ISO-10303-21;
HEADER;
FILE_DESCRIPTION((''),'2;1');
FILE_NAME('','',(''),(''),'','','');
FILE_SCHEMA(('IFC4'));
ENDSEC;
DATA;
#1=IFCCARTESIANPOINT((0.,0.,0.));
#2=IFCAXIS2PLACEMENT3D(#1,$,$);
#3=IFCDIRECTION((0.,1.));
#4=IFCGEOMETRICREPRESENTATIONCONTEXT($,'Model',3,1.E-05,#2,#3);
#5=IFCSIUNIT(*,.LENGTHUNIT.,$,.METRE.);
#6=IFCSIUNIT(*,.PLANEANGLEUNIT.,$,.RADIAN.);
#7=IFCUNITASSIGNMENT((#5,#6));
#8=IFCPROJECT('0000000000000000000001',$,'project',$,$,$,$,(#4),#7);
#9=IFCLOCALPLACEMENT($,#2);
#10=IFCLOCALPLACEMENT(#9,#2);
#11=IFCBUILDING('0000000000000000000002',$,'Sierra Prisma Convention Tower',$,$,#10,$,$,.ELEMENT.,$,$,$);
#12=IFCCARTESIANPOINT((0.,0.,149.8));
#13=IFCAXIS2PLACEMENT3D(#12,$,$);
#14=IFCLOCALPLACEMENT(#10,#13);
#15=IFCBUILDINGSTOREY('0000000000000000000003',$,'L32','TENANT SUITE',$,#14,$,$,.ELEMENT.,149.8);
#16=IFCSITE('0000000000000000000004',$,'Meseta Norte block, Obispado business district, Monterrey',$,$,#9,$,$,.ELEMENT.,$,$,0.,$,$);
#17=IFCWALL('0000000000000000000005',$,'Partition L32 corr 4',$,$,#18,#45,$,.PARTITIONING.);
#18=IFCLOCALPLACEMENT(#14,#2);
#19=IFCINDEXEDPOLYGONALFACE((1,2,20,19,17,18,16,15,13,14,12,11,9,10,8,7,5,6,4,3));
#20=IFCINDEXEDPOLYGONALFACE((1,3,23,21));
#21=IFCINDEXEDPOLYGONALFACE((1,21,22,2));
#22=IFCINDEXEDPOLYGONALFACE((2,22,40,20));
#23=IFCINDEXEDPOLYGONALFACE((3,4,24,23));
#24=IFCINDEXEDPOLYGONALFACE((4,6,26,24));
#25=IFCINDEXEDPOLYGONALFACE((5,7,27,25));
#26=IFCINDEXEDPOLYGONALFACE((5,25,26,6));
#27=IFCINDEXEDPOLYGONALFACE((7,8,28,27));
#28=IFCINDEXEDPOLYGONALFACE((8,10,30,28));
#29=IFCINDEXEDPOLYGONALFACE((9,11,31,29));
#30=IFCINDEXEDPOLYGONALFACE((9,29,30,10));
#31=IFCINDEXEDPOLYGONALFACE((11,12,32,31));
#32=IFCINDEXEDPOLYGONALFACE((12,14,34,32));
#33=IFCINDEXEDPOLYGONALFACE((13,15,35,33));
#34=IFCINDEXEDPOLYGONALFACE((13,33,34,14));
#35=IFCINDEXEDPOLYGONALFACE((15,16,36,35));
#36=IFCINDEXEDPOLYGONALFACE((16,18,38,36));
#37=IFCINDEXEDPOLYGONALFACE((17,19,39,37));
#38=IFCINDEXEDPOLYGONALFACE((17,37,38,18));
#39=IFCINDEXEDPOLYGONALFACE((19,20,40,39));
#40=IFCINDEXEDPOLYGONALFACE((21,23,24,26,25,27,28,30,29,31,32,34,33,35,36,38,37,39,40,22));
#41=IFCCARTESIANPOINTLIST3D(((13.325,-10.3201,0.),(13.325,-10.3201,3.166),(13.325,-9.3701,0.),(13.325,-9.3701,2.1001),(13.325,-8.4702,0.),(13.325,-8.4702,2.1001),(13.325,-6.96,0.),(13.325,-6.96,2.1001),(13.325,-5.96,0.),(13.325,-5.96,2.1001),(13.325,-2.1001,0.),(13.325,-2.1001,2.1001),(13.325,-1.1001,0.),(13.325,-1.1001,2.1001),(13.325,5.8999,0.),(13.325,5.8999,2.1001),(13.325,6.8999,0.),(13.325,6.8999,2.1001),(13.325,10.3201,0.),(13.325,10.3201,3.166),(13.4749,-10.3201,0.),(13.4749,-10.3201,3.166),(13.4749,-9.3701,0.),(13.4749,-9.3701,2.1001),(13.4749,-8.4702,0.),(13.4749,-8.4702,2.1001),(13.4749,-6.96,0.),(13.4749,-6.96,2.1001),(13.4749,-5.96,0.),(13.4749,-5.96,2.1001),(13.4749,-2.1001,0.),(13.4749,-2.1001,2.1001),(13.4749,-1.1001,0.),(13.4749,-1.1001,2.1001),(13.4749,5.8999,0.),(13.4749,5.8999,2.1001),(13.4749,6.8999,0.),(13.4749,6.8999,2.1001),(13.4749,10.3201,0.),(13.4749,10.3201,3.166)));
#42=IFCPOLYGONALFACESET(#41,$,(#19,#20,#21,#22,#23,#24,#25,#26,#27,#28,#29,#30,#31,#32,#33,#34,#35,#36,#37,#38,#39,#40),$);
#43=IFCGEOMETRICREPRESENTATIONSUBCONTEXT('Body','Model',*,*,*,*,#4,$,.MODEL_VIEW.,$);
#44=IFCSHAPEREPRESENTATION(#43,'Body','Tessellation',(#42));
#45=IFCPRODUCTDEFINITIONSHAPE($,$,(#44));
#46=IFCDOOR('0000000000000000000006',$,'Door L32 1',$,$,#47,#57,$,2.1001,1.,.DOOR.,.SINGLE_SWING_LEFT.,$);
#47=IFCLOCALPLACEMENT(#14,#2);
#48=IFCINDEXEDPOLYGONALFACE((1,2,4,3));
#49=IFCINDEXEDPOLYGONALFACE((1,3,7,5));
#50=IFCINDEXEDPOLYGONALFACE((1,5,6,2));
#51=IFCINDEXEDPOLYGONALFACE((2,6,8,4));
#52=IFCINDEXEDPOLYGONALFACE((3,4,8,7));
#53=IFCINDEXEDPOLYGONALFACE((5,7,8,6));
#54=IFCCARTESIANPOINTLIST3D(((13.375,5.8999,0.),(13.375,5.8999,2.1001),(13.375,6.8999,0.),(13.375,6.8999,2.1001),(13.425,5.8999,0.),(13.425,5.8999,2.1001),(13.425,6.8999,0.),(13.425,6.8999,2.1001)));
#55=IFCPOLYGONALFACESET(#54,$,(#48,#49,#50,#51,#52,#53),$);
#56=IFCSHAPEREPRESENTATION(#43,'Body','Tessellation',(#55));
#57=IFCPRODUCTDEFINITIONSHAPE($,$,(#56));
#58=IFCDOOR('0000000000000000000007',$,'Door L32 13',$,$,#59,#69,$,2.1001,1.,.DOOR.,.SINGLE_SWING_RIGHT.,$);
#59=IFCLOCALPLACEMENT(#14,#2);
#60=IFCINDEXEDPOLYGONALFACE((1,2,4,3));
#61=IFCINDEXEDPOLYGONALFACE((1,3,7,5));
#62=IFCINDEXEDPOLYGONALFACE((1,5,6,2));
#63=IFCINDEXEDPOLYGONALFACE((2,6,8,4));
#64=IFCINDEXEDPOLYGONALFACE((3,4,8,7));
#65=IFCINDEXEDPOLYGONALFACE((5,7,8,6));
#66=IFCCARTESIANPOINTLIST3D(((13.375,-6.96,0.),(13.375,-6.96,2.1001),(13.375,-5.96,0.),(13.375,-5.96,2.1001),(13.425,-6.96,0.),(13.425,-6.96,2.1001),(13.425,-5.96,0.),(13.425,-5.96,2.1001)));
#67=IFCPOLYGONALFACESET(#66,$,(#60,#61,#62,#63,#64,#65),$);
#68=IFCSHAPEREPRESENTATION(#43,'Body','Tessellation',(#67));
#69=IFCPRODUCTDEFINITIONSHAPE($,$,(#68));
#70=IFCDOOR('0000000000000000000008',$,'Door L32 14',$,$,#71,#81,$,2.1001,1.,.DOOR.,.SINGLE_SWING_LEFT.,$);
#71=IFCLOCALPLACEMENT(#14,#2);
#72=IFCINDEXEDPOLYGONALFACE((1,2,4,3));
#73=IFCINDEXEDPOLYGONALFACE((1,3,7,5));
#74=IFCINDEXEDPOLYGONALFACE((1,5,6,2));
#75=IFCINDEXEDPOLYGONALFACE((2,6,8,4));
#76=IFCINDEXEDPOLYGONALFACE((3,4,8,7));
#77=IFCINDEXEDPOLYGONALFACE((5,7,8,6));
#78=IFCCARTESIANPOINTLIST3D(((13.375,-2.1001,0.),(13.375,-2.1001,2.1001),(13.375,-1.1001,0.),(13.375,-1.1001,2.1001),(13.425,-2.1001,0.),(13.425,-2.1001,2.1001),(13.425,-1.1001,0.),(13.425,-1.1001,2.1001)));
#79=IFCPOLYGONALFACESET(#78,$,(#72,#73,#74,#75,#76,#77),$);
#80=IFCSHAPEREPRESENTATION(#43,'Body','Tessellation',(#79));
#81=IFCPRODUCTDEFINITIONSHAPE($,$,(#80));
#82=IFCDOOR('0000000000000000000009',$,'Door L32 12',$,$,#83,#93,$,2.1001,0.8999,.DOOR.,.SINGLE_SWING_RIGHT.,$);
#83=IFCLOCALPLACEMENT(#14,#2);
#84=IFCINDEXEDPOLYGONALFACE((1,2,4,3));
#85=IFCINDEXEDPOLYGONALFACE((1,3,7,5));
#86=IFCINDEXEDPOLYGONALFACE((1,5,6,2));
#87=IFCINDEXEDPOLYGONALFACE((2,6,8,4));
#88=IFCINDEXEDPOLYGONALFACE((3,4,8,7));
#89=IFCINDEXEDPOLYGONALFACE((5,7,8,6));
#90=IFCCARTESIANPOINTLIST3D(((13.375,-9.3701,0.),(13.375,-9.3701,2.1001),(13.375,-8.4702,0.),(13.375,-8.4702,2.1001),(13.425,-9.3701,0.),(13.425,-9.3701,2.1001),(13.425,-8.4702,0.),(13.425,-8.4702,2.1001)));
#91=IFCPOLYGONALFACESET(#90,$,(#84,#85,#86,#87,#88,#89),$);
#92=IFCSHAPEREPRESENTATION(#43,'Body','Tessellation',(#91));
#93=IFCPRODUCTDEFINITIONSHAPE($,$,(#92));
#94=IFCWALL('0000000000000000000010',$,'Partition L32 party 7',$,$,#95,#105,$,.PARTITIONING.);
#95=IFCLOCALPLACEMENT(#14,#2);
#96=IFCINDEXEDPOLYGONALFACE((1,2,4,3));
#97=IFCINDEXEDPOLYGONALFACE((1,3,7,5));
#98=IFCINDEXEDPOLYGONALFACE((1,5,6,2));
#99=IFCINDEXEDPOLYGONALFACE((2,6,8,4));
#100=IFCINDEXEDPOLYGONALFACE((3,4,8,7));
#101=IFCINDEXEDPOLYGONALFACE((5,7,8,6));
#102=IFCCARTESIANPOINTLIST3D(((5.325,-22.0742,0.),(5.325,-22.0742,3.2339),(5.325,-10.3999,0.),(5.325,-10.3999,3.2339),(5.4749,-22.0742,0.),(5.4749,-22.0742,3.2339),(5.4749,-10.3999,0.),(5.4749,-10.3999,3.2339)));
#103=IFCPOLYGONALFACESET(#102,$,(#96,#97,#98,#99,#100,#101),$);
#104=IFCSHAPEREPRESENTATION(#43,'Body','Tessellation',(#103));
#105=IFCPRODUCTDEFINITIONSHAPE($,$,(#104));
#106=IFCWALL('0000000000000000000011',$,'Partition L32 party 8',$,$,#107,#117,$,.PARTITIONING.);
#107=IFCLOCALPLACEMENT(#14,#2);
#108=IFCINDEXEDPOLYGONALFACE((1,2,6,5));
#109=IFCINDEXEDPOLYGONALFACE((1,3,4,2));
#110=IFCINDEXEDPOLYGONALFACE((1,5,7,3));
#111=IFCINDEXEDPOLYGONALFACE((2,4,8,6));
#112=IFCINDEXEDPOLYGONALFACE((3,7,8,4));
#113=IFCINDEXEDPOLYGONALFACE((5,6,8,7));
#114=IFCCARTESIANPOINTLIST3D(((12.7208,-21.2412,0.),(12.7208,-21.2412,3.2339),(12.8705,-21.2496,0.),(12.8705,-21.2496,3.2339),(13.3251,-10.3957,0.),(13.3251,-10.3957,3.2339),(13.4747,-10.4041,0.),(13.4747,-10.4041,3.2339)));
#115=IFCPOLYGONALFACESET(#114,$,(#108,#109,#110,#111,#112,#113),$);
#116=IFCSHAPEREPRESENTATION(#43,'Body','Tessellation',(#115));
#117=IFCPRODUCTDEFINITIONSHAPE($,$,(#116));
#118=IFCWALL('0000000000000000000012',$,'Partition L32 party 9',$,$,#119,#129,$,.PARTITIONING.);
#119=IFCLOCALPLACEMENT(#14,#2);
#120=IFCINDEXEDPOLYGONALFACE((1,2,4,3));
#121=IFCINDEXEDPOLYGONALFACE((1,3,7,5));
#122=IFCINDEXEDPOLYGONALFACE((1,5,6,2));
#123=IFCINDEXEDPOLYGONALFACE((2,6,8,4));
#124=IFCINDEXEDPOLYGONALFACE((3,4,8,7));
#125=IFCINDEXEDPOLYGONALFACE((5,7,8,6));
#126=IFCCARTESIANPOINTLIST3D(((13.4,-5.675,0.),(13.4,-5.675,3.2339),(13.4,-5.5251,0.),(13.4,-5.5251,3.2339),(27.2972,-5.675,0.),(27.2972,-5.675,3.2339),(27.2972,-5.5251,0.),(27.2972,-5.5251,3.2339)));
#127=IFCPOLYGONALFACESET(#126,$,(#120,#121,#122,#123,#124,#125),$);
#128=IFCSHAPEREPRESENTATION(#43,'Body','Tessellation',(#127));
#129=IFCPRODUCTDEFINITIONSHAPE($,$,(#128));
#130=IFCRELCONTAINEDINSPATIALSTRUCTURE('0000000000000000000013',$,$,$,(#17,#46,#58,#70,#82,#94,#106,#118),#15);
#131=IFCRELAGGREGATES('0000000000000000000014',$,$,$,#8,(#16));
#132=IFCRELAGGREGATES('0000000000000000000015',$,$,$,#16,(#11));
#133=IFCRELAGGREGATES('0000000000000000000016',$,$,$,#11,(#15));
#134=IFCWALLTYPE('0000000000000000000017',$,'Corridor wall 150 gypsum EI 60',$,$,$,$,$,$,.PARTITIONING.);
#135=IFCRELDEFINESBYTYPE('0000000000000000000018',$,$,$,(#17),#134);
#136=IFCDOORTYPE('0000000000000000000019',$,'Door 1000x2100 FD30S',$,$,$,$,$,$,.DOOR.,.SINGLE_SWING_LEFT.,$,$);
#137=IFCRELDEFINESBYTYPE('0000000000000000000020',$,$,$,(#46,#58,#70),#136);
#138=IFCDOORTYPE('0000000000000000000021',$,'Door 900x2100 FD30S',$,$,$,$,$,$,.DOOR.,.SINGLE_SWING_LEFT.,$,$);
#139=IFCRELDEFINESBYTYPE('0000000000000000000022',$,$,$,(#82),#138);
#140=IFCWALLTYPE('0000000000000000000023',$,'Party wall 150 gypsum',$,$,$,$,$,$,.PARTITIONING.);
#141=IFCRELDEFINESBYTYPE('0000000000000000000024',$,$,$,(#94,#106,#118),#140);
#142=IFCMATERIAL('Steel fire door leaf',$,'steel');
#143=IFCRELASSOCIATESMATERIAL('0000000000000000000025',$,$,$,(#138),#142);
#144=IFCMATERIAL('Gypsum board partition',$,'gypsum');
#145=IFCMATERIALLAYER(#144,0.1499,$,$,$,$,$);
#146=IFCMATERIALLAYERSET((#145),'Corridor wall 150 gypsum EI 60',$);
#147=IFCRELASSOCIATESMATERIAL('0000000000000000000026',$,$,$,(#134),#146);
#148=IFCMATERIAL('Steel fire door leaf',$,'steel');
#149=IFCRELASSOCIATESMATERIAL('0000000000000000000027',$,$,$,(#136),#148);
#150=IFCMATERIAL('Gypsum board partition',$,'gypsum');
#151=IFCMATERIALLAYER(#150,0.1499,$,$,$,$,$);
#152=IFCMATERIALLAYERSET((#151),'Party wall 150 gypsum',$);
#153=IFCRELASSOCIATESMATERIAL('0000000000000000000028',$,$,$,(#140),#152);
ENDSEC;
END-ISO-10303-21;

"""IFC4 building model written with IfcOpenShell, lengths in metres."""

from ifc_helpers import new_model, si_unit, direction, frame, frame_2d, origin, place, context, subcontext, project, spatial, rectangle, extrude, material, layer, layer_set, type_object, element, fill, save


model = new_model("IFC4")

# Units and contexts
model_context = context("Model", 3, precision=1e-05, world=origin(), true_north=direction((0.0, 1.0)))
body_context = subcontext(model_context, "Body", "Model", "MODEL_VIEW")
ifc_project = project(units=[si_unit("LENGTHUNIT", "METRE"), si_unit("PLANEANGLEUNIT", "RADIAN")], contexts=[model_context])

# Site, building, storey
site_placement = place(None, origin())
site = spatial("IfcSite", under=ifc_project, at=site_placement, Name="Meseta Norte block, Obispado business district, Monterrey", CompositionType="ELEMENT", RefElevation=0.0)
building_placement = place(site_placement, origin())
building = spatial("IfcBuilding", under=site, at=building_placement, Name="Sierra Prisma Convention Tower", CompositionType="ELEMENT")
storey_placement = place(building_placement, frame((0.0, 0.0, 149.8)))
storey = spatial("IfcBuildingStorey", under=building, at=storey_placement, Name="L32", Description="TENANT SUITE", CompositionType="ELEMENT", Elevation=149.8)

# Shared definitions
ifc_material_1 = material(Name="Steel fire door leaf", Category="steel")
door_type_1 = type_object("IfcDoorType", Name="Door 900x2100 FD30S", OperationType="SINGLE_SWING_LEFT", PredefinedType="DOOR", material=ifc_material_1)

# Wall, openings, doors
ifc_material_2 = material(Name="Gypsum board partition", Category="gypsum")
ifc_layer_1 = layer(ifc_material_2, 0.1499)
ifc_layer_set_1 = layer_set([ifc_layer_1], Name="Corridor wall 150 gypsum EI 60")
wall_type_1 = type_object("IfcWallType", Name="Corridor wall 150 gypsum EI 60", PredefinedType="PARTITIONING", material=ifc_layer_set_1)
wall_1_placement = place(storey_placement, frame((13.3999, -10.3201, 0.0), z_axis=(0.0, 0.0, 1.0), x_axis=(0.0, 1.0, 0.0)))
wall_1 = element("IfcWall", 1, at=wall_1_placement, inside=storey, type_object=wall_type_1, Name="Partition L32 corr 4", PredefinedType="PARTITIONING", context=body_context, shape_type="SweptSolid", body=[
    extrude(rectangle(XDim=20.6401, YDim=0.1499, at=frame_2d((10.3201, 0.0))), origin(), (0.0, 0.0, 1.0), 3.166),
])
opening_1_placement = place(wall_1_placement, frame((16.22, 0.0, 0.0)))
opening_1 = element("IfcOpeningElement", 2, at=opening_1_placement, cuts=wall_1, PredefinedType="OPENING", context=body_context, shape_type="SweptSolid", body=[
    extrude(rectangle(XDim=1.0, YDim=2.1001, at=frame_2d((0.5, 1.05))), frame((0.0, 0.075, 0.0), z_axis=(0.0, -1.0, 0.0), x_axis=(1.0, 0.0, 0.0)), (0.0, 0.0, 1.0), 0.1499),
])
opening_2_placement = place(wall_1_placement, frame((0.95, 0.0, 0.0)))
opening_2 = element("IfcOpeningElement", 3, at=opening_2_placement, cuts=wall_1, PredefinedType="OPENING", context=body_context, shape_type="SweptSolid", body=[
    extrude(rectangle(XDim=0.8999, YDim=2.1001, at=frame_2d((0.45, 1.05))), frame((0.0, 0.075, 0.0), z_axis=(0.0, -1.0, 0.0), x_axis=(1.0, 0.0, 0.0)), (0.0, 0.0, 1.0), 0.1499),
])
opening_3_placement = place(wall_1_placement, frame((3.3601, 0.0, 0.0)))
opening_3 = element("IfcOpeningElement", 4, at=opening_3_placement, cuts=wall_1, PredefinedType="OPENING", context=body_context, shape_type="SweptSolid", body=[
    extrude(rectangle(XDim=1.0, YDim=2.1001, at=frame_2d((0.5, 1.05))), frame((0.0, 0.075, 0.0), z_axis=(0.0, -1.0, 0.0), x_axis=(1.0, 0.0, 0.0)), (0.0, 0.0, 1.0), 0.1499),
])
opening_4_placement = place(wall_1_placement, frame((8.22, 0.0, 0.0)))
opening_4 = element("IfcOpeningElement", 5, at=opening_4_placement, cuts=wall_1, PredefinedType="OPENING", context=body_context, shape_type="SweptSolid", body=[
    extrude(rectangle(XDim=1.0, YDim=2.1001, at=frame_2d((0.5, 1.05))), frame((0.0, 0.075, 0.0), z_axis=(0.0, -1.0, 0.0), x_axis=(1.0, 0.0, 0.0)), (0.0, 0.0, 1.0), 0.1499),
])
ifc_material_3 = material(Name="Steel fire door leaf", Category="steel")
door_type_2 = type_object("IfcDoorType", Name="Door 1000x2100 FD30S", OperationType="SINGLE_SWING_LEFT", PredefinedType="DOOR", material=ifc_material_3)
door_1_placement = place(opening_1_placement, origin())
door_1 = element("IfcDoor", 6, at=door_1_placement, inside=storey, type_object=door_type_2, Name="Door L32 1", OperationType="SINGLE_SWING_LEFT", OverallHeight=2.1001, OverallWidth=1.0, PredefinedType="DOOR", context=body_context, shape_type="SweptSolid", body=[
    extrude(rectangle(XDim=1.0, YDim=2.1001, at=frame_2d((0.5, 1.05))), frame((0.0, 0.0249, 0.0), z_axis=(0.0, -1.0, 0.0), x_axis=(1.0, 0.0, 0.0)), (0.0, 0.0, 1.0), 0.05),
])
fill(opening_1, door_1)
door_2_placement = place(opening_3_placement, origin())
door_2 = element("IfcDoor", 7, at=door_2_placement, inside=storey, type_object=door_type_2, Name="Door L32 13", OperationType="SINGLE_SWING_RIGHT", OverallHeight=2.1001, OverallWidth=1.0, PredefinedType="DOOR", context=body_context, shape_type="SweptSolid", body=[
    extrude(rectangle(XDim=1.0, YDim=2.1001, at=frame_2d((0.5, 1.05))), frame((0.0, 0.0249, 0.0), z_axis=(0.0, -1.0, 0.0), x_axis=(1.0, 0.0, 0.0)), (0.0, 0.0, 1.0), 0.05),
])
fill(opening_3, door_2)
door_3_placement = place(opening_4_placement, origin())
door_3 = element("IfcDoor", 8, at=door_3_placement, inside=storey, type_object=door_type_2, Name="Door L32 14", OperationType="SINGLE_SWING_LEFT", OverallHeight=2.1001, OverallWidth=1.0, PredefinedType="DOOR", context=body_context, shape_type="SweptSolid", body=[
    extrude(rectangle(XDim=1.0, YDim=2.1001, at=frame_2d((0.5, 1.05))), frame((0.0, 0.0249, 0.0), z_axis=(0.0, -1.0, 0.0), x_axis=(1.0, 0.0, 0.0)), (0.0, 0.0, 1.0), 0.05),
])
fill(opening_4, door_3)
door_4_placement = place(opening_2_placement, origin())
door_4 = element("IfcDoor", 9, at=door_4_placement, inside=storey, type_object=door_type_1, Name="Door L32 12", OperationType="SINGLE_SWING_RIGHT", OverallHeight=2.1001, OverallWidth=0.8999, PredefinedType="DOOR", context=body_context, shape_type="SweptSolid", body=[
    extrude(rectangle(XDim=0.8999, YDim=2.1001, at=frame_2d((0.45, 1.05))), frame((0.0, 0.0249, 0.0), z_axis=(0.0, -1.0, 0.0), x_axis=(1.0, 0.0, 0.0)), (0.0, 0.0, 1.0), 0.05),
])
fill(opening_2, door_4)

# Walls
ifc_material_4 = material(Name="Gypsum board partition", Category="gypsum")
ifc_layer_2 = layer(ifc_material_4, 0.1499)
ifc_layer_set_2 = layer_set([ifc_layer_2], Name="Party wall 150 gypsum")
wall_type_2 = type_object("IfcWallType", Name="Party wall 150 gypsum", PredefinedType="PARTITIONING", material=ifc_layer_set_2)
wall_2_placement = place(storey_placement, frame((5.3999, -10.3999, 0.0), z_axis=(0.0, 0.0, 1.0), x_axis=(0.0, -1.0, 0.0)))
element("IfcWall", 10, at=wall_2_placement, inside=storey, type_object=wall_type_2, Name="Partition L32 party 7", PredefinedType="PARTITIONING", context=body_context, shape_type="SweptSolid", body=[
    extrude(rectangle(XDim=11.6743, YDim=0.1499, at=frame_2d((5.8372, 0.0))), origin(), (0.0, 0.0, 1.0), 3.2339),
])
wall_3_placement = place(storey_placement, frame((13.3999, -10.3999, 0.0), z_axis=(0.0, 0.0, 1.0), x_axis=(-0.055628, -0.998452, 0.0)))
element("IfcWall", 11, at=wall_3_placement, inside=storey, type_object=wall_type_2, Name="Partition L32 party 8", PredefinedType="PARTITIONING", context=body_context, shape_type="SweptSolid", body=[
    extrude(rectangle(XDim=10.8623, YDim=0.1499, at=frame_2d((5.4312, 0.0))), origin(), (0.0, 0.0, 1.0), 3.2339),
])
wall_4_placement = place(storey_placement, frame((13.3999, -5.6001, 0.0), z_axis=(0.0, 0.0, 1.0), x_axis=(1.0, 0.0, 0.0)))
element("IfcWall", 12, at=wall_4_placement, inside=storey, type_object=wall_type_2, Name="Partition L32 party 9", PredefinedType="PARTITIONING", context=body_context, shape_type="SweptSolid", body=[
    extrude(rectangle(XDim=13.8972, YDim=0.1499, at=frame_2d((6.9487, 0.0))), origin(), (0.0, 0.0, 1.0), 3.2339),
])

save(model, "model.ifc")
